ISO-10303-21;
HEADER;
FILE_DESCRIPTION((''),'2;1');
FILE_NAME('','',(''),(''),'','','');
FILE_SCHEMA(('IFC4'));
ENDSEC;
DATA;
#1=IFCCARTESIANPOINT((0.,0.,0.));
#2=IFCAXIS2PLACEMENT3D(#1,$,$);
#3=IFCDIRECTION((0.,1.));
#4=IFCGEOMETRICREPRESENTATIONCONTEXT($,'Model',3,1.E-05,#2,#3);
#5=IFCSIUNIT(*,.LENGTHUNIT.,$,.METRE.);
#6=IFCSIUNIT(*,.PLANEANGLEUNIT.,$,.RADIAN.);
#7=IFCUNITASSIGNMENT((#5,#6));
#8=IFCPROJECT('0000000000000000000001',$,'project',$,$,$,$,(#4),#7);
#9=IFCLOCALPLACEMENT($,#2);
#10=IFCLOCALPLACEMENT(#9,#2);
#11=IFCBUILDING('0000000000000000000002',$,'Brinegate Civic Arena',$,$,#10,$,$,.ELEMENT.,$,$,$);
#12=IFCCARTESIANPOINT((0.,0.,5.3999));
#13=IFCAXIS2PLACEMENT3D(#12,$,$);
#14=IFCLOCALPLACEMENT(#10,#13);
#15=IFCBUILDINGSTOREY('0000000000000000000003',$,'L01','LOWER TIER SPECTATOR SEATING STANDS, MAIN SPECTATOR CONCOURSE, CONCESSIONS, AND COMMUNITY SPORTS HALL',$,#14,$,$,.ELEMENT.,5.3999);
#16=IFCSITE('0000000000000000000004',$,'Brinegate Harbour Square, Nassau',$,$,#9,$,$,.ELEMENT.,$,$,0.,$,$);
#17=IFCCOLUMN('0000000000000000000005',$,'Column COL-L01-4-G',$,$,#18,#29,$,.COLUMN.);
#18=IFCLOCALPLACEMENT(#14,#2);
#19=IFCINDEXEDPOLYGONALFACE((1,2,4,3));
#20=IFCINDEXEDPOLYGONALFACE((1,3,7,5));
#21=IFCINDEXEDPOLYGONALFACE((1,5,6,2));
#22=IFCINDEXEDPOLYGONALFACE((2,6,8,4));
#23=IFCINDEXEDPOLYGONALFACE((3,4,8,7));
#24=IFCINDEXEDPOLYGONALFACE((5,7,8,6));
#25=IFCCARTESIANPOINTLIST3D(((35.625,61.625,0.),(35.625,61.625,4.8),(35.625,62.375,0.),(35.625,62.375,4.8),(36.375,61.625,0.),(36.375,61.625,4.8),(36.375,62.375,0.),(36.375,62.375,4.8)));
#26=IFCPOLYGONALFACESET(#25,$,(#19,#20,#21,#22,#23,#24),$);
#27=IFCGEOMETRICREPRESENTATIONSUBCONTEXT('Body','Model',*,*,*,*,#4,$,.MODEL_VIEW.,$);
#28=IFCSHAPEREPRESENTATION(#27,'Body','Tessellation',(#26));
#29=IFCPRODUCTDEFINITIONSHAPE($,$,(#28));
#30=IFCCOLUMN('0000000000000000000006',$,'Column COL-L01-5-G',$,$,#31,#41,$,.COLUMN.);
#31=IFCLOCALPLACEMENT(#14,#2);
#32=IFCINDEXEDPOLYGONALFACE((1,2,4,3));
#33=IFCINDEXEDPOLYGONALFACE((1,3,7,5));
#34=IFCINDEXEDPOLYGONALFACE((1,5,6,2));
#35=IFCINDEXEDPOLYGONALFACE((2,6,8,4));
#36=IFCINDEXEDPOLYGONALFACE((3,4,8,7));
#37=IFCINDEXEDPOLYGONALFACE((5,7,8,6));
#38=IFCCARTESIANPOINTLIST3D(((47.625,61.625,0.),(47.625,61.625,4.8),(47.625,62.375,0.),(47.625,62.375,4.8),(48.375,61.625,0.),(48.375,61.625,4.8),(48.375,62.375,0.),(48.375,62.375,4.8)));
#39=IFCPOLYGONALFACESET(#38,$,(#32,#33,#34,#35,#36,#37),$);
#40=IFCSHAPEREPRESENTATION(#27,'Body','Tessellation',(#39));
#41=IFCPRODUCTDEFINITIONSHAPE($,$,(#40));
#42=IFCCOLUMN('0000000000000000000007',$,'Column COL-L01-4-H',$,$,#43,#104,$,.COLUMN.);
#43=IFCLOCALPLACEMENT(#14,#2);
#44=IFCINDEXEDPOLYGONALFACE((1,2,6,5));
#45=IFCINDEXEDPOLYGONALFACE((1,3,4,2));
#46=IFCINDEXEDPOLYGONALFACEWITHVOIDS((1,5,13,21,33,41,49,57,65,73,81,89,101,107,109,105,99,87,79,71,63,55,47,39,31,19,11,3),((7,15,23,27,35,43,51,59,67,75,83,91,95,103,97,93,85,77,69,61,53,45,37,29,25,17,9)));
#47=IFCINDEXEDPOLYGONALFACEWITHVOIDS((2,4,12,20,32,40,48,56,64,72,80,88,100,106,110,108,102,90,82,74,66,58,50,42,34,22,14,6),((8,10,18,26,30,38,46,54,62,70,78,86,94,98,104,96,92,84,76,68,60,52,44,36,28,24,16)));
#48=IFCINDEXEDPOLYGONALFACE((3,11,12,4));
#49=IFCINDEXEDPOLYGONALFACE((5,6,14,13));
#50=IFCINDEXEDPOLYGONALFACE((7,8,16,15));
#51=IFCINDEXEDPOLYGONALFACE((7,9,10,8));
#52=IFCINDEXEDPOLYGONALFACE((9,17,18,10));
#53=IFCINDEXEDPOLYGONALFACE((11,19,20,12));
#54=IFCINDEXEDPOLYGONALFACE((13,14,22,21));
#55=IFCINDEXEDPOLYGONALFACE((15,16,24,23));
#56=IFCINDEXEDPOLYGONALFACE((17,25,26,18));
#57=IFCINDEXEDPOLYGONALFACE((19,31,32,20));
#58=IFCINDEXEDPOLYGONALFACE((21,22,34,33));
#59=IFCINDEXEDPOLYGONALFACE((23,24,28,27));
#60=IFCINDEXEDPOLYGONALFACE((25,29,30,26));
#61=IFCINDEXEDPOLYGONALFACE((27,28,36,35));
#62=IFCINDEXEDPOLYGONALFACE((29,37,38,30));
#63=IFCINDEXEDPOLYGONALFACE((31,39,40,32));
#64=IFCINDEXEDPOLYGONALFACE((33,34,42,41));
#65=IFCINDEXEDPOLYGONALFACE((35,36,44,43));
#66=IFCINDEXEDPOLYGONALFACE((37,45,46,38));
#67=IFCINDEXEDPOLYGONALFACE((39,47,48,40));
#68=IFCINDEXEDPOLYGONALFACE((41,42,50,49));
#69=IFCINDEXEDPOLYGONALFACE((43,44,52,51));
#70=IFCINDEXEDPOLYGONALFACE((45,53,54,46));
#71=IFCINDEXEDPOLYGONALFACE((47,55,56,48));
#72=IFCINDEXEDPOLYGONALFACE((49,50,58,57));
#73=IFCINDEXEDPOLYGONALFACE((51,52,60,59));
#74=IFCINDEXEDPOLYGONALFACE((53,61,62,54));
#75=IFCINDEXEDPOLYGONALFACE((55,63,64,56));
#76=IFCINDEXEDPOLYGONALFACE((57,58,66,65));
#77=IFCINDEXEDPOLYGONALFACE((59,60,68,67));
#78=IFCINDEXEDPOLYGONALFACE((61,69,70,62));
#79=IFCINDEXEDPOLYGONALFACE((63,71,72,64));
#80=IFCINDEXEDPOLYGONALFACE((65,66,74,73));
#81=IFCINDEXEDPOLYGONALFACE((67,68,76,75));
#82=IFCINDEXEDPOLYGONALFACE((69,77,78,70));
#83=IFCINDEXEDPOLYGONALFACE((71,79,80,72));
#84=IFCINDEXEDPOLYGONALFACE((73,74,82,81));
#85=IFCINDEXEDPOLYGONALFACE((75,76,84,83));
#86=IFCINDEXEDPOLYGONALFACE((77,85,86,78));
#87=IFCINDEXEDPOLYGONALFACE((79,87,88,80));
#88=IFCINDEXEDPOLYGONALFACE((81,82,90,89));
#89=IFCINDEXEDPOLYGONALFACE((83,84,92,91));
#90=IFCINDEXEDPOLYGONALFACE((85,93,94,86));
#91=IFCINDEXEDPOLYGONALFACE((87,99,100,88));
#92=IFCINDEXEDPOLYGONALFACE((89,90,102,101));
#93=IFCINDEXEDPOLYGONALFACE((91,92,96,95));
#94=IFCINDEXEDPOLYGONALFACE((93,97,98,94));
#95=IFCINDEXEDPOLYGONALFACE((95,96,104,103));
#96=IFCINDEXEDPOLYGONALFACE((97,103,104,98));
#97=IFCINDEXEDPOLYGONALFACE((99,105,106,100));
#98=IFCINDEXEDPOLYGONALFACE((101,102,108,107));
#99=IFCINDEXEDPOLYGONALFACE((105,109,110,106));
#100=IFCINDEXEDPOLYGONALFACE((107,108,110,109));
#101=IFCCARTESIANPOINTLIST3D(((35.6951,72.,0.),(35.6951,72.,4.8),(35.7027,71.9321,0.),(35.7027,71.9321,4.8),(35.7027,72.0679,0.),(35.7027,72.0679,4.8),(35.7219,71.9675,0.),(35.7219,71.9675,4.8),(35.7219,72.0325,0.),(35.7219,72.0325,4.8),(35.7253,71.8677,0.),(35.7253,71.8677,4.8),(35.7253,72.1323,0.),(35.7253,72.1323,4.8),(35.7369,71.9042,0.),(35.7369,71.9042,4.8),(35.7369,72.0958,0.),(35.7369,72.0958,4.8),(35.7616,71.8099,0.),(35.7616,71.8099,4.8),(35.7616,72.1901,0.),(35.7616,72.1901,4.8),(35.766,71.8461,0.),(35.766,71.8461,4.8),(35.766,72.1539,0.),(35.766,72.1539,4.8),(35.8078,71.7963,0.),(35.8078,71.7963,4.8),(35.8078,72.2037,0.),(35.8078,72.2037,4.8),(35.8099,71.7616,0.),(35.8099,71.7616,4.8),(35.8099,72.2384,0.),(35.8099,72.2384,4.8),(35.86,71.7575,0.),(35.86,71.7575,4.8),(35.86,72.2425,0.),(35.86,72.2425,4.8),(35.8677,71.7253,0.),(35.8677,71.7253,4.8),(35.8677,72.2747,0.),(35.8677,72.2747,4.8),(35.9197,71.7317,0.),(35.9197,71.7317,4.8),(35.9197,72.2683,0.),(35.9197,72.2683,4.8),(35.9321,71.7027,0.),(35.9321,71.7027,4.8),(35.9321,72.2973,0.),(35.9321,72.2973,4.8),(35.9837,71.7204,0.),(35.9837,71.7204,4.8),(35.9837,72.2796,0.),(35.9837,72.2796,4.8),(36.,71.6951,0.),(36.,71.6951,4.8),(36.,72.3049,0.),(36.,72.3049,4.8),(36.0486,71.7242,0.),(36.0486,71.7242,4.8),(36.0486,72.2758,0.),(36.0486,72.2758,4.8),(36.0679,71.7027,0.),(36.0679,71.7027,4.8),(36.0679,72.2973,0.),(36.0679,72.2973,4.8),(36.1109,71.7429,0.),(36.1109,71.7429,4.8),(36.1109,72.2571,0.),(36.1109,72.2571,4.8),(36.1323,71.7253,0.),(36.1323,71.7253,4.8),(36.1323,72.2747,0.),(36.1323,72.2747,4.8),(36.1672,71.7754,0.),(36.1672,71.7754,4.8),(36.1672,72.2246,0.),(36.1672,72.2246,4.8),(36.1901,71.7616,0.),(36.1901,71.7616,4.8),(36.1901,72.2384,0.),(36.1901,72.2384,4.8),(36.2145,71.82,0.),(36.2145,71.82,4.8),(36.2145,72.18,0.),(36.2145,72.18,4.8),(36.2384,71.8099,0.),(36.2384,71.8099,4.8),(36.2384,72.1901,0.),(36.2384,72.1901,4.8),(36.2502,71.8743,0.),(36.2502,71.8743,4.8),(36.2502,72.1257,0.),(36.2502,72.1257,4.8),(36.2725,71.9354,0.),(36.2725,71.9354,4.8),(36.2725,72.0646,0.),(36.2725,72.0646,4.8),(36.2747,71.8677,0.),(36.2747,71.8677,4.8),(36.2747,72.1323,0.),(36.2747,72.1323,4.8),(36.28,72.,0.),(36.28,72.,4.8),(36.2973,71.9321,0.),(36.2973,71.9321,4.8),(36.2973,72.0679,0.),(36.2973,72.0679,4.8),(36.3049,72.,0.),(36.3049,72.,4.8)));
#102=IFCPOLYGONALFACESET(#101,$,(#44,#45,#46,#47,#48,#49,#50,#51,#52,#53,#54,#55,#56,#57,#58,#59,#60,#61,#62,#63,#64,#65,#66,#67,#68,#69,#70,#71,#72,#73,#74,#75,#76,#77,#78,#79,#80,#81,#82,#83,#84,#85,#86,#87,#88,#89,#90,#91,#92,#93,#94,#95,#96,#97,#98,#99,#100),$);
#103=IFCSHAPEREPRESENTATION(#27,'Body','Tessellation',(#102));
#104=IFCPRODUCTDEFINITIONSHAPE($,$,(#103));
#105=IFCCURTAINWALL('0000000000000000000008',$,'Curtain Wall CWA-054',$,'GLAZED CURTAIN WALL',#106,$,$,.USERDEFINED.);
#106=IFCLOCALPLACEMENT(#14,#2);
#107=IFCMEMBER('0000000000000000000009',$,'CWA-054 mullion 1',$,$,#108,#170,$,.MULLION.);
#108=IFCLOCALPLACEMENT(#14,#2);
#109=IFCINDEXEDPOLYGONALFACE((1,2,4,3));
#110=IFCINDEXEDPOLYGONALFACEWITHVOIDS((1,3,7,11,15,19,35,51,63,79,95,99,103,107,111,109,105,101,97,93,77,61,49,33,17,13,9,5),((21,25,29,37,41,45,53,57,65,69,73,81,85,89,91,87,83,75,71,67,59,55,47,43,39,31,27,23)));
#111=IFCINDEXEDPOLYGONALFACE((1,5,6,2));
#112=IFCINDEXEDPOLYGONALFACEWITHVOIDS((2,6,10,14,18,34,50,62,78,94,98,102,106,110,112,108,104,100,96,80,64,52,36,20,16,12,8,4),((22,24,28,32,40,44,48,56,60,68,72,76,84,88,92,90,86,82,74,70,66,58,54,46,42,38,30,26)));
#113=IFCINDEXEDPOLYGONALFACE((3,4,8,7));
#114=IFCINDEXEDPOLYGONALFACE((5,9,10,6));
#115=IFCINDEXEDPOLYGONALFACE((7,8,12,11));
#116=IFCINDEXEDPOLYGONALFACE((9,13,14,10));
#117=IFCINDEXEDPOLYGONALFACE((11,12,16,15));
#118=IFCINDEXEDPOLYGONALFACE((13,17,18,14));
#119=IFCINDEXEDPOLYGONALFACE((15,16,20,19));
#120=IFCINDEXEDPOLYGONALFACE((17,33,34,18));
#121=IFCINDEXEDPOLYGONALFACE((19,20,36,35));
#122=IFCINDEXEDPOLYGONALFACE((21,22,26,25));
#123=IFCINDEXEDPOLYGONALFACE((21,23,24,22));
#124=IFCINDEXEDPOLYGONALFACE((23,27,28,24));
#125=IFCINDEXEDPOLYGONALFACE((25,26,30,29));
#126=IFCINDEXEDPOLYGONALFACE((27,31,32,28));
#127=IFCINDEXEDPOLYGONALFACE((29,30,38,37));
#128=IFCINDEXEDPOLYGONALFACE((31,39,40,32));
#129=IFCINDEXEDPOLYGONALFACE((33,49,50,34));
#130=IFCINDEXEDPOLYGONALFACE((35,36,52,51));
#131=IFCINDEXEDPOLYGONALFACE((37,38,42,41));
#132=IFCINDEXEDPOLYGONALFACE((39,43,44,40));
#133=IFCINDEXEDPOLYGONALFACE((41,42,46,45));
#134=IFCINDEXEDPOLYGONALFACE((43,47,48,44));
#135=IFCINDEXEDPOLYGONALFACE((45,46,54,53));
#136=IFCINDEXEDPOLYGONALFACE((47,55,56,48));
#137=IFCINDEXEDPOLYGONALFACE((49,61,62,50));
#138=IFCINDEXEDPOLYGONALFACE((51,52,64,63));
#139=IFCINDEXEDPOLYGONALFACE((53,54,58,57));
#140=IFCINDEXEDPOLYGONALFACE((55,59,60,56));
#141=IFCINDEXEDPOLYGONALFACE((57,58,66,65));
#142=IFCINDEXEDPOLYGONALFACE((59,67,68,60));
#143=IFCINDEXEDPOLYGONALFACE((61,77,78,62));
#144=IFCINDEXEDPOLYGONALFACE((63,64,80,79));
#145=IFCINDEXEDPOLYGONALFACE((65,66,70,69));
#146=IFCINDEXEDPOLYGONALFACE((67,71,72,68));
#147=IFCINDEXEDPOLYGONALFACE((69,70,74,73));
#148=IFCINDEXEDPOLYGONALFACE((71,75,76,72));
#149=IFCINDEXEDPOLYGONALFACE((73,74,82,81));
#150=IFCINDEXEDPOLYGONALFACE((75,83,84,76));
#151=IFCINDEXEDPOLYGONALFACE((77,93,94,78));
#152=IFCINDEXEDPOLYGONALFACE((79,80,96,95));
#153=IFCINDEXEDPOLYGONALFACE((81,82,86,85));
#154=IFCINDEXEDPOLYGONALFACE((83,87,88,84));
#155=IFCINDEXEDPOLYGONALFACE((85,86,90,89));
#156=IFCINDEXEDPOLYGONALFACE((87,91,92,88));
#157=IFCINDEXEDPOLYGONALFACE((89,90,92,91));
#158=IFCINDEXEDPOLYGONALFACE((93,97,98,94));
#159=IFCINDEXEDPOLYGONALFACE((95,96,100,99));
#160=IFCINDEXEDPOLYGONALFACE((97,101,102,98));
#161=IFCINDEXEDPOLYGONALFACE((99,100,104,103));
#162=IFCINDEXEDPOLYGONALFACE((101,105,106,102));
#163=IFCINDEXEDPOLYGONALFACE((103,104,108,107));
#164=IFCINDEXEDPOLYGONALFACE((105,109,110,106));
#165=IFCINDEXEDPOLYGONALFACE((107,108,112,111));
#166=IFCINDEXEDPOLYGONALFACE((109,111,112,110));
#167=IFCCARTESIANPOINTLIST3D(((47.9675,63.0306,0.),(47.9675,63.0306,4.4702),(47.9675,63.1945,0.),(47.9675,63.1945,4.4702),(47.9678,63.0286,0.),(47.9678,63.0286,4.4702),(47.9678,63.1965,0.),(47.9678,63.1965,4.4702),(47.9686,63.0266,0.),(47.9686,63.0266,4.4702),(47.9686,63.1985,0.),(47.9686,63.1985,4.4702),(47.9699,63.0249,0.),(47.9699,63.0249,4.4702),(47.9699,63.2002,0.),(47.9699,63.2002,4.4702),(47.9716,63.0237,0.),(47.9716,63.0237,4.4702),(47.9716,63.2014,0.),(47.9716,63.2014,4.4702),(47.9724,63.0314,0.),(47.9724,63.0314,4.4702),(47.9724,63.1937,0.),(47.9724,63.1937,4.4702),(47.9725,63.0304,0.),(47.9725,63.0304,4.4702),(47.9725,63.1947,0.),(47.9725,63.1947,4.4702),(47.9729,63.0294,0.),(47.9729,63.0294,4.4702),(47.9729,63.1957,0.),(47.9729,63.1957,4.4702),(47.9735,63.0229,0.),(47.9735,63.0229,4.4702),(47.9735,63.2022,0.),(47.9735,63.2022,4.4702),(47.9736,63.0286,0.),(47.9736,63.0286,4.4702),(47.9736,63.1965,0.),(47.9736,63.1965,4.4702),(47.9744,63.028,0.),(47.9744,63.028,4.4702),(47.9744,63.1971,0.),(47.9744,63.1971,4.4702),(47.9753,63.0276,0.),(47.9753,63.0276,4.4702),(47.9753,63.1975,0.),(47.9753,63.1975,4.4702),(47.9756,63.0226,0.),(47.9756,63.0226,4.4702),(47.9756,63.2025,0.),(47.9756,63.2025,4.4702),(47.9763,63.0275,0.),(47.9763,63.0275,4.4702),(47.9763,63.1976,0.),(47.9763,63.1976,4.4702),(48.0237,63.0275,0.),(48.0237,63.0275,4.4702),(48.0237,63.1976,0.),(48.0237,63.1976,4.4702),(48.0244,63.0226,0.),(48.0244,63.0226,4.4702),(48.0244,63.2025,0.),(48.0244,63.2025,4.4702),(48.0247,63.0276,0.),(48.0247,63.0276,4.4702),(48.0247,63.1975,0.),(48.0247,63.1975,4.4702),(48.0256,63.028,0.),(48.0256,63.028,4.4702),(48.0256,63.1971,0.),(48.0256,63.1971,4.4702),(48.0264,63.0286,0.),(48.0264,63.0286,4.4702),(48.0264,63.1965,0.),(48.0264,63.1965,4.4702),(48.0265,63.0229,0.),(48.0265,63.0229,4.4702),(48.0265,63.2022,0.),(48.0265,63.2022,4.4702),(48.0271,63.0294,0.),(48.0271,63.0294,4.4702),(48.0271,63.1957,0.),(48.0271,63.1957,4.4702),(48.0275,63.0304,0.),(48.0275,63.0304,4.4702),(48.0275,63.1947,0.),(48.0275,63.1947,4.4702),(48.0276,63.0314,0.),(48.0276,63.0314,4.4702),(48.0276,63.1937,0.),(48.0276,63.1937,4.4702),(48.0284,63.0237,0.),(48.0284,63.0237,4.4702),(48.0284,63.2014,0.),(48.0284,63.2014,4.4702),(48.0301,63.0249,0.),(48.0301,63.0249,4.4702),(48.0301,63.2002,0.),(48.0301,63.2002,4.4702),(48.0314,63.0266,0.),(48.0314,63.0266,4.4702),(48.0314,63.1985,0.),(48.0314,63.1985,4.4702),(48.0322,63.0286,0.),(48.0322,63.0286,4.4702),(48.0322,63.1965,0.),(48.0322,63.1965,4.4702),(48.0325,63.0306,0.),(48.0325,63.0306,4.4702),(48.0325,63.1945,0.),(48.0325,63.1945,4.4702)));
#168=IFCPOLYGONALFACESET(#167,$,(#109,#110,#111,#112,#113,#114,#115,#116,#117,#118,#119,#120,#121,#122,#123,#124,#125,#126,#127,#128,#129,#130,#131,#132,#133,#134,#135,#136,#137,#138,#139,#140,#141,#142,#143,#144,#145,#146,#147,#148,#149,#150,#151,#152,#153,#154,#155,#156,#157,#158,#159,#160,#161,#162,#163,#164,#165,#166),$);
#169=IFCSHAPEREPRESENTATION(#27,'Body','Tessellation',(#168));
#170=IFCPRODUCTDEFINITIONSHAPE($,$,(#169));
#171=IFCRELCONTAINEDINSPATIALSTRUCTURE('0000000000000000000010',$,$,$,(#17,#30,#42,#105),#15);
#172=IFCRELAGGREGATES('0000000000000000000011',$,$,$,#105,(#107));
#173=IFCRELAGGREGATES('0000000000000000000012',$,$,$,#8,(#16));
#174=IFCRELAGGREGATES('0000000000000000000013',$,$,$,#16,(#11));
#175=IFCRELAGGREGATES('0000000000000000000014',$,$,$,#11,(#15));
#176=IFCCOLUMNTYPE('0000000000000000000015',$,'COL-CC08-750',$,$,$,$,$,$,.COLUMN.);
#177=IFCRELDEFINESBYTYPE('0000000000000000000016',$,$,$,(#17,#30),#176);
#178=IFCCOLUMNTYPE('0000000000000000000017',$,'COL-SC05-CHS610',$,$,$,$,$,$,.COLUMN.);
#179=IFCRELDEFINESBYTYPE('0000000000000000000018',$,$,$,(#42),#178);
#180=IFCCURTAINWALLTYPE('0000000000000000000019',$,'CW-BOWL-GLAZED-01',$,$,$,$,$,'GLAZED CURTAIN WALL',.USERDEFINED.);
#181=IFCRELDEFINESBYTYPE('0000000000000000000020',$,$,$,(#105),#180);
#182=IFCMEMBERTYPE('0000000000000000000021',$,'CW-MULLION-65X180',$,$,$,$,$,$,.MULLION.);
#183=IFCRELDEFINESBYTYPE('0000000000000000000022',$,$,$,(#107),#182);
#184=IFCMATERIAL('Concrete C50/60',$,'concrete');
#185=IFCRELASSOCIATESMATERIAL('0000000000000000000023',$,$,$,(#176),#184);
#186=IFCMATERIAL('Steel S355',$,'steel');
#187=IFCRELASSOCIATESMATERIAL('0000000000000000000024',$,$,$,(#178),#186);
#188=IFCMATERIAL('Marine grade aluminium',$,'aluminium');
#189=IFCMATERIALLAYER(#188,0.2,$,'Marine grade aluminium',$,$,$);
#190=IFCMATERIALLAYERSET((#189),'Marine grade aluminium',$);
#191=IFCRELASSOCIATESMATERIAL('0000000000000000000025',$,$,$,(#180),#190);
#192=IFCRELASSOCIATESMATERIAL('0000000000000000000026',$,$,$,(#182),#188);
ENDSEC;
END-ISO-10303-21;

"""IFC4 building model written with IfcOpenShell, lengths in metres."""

from ifc_helpers import new_model, si_unit, direction, frame, origin, origin_2d, place, context, subcontext, project, spatial, rectangle, hollow_rectangle, hollow_circle, extrude, material, layer, layer_set, material_profile, profile_set, type_object, element, aggregate, save


model = new_model("IFC4")

# Units and contexts
model_context = context("Model", 3, precision=1e-05, world=origin(), true_north=direction((0.0, 1.0)))
body_context = subcontext(model_context, "Body", "Model", "MODEL_VIEW")
ifc_project = project(units=[si_unit("LENGTHUNIT", "METRE"), si_unit("PLANEANGLEUNIT", "RADIAN")], contexts=[model_context])

# Site, building, storey
site_placement = place(None, origin())
site = spatial("IfcSite", under=ifc_project, at=site_placement, Name="Brinegate Harbour Square, Nassau", CompositionType="ELEMENT", RefElevation=0.0)
building_placement = place(site_placement, origin())
building = spatial("IfcBuilding", under=site, at=building_placement, Name="Brinegate Civic Arena", CompositionType="ELEMENT")
storey_placement = place(building_placement, frame((0.0, 0.0, 5.3999)))
storey = spatial("IfcBuildingStorey", under=building, at=storey_placement, Name="L01", Description="LOWER TIER SPECTATOR SEATING STANDS, MAIN SPECTATOR CONCOURSE, CONCESSIONS, AND COMMUNITY SPORTS HALL", CompositionType="ELEMENT", Elevation=5.3999)

# Columns
ifc_material_1 = material(Name="Concrete C50/60", Category="concrete")
ifc_material_profile_1 = material_profile(ifc_material_1, rectangle(XDim=0.75, YDim=0.75, at=origin_2d()), Name="RC750X750")
ifc_profile_set_1 = profile_set([ifc_material_profile_1], Name="Concrete C50/60")
column_type_1 = type_object("IfcColumnType", Name="COL-CC08-750", PredefinedType="COLUMN", material=ifc_profile_set_1)
for number, where, z_axis, x_axis, name in (
    (1, (36.0, 62.0, 0.0), (0.0, 0.0, 1.0), (1.0, 0.0, 0.0), "Column COL-L01-4-G"),
    (2, (48.0, 62.0, 0.0), (0.0, 0.0, 1.0), (1.0, 0.0, 0.0), "Column COL-L01-5-G"),
):
    element("IfcColumn", number, at=place(storey_placement, frame(where, z_axis=z_axis, x_axis=x_axis)), inside=storey, type_object=column_type_1, Name=name, PredefinedType="COLUMN", context=body_context, shape_type="SweptSolid", body=[
        extrude(rectangle(XDim=0.75, YDim=0.75, at=origin_2d()), origin(), (0.0, 0.0, 1.0), 4.8),
    ])
ifc_material_2 = material(Name="Steel S355", Category="steel")
ifc_material_profile_2 = material_profile(ifc_material_2, hollow_circle(Radius=0.3049, WallThickness=0.0249, at=origin_2d()), Name="CHS610X25")
ifc_profile_set_2 = profile_set([ifc_material_profile_2], Name="Steel S355")
column_type_2 = type_object("IfcColumnType", Name="COL-SC05-CHS610", PredefinedType="COLUMN", material=ifc_profile_set_2)
column_placement = place(storey_placement, frame((36.0, 72.0, 0.0), z_axis=(0.0, 0.0, 1.0), x_axis=(1.0, 0.0, 0.0)))
element("IfcColumn", 3, at=column_placement, inside=storey, type_object=column_type_2, Name="Column COL-L01-4-H", PredefinedType="COLUMN", context=body_context, shape_type="SweptSolid", body=[
    extrude(hollow_circle(Radius=0.3049, WallThickness=0.0249, at=origin_2d()), origin(), (0.0, 0.0, 1.0), 4.8),
])

# Curtain wall, member
ifc_material_3 = material(Name="Marine grade aluminium", Category="aluminium")
ifc_layer_1 = layer(ifc_material_3, 0.2, Name="Marine grade aluminium")
ifc_layer_set_1 = layer_set([ifc_layer_1], Name="Marine grade aluminium")
curtain_wall_type_1 = type_object("IfcCurtainWallType", Name="CW-BOWL-GLAZED-01", ElementType="GLAZED CURTAIN WALL", PredefinedType="USERDEFINED", material=ifc_layer_set_1)
curtain_wall_1_placement = place(storey_placement, origin())
curtain_wall_1 = element("IfcCurtainWall", 4, at=curtain_wall_1_placement, inside=storey, type_object=curtain_wall_type_1, Name="Curtain Wall CWA-054", ObjectType="GLAZED CURTAIN WALL", PredefinedType="USERDEFINED")
ifc_material_profile_3 = material_profile(ifc_material_3, hollow_rectangle(XDim=0.0649, YDim=0.1799, WallThickness=0.0049, InnerFilletRadius=0.0039, OuterFilletRadius=0.0081, at=origin_2d()), Name="MUL65X180")
ifc_profile_set_3 = profile_set([ifc_material_profile_3], Name="Marine grade aluminium")
member_type_1 = type_object("IfcMemberType", Name="CW-MULLION-65X180", PredefinedType="MULLION", material=ifc_profile_set_3)
member_1_placement = place(storey_placement, frame((48.0, 63.1125, 0.0), z_axis=(0.0, 0.0, 1.0), x_axis=(-1.0, 0.0, 0.0)))
member_1 = element("IfcMember", 5, at=member_1_placement, type_object=member_type_1, Name="CWA-054 mullion 1", PredefinedType="MULLION", context=body_context, shape_type="SweptSolid", body=[
    extrude(hollow_rectangle(XDim=0.0649, YDim=0.1799, WallThickness=0.0049, InnerFilletRadius=0.0039, OuterFilletRadius=0.0081, at=origin_2d()), origin(), (0.0, 0.0, 1.0), 4.4702),
])

aggregate(curtain_wall_1, [member_1])

save(model, "model.ifc")
